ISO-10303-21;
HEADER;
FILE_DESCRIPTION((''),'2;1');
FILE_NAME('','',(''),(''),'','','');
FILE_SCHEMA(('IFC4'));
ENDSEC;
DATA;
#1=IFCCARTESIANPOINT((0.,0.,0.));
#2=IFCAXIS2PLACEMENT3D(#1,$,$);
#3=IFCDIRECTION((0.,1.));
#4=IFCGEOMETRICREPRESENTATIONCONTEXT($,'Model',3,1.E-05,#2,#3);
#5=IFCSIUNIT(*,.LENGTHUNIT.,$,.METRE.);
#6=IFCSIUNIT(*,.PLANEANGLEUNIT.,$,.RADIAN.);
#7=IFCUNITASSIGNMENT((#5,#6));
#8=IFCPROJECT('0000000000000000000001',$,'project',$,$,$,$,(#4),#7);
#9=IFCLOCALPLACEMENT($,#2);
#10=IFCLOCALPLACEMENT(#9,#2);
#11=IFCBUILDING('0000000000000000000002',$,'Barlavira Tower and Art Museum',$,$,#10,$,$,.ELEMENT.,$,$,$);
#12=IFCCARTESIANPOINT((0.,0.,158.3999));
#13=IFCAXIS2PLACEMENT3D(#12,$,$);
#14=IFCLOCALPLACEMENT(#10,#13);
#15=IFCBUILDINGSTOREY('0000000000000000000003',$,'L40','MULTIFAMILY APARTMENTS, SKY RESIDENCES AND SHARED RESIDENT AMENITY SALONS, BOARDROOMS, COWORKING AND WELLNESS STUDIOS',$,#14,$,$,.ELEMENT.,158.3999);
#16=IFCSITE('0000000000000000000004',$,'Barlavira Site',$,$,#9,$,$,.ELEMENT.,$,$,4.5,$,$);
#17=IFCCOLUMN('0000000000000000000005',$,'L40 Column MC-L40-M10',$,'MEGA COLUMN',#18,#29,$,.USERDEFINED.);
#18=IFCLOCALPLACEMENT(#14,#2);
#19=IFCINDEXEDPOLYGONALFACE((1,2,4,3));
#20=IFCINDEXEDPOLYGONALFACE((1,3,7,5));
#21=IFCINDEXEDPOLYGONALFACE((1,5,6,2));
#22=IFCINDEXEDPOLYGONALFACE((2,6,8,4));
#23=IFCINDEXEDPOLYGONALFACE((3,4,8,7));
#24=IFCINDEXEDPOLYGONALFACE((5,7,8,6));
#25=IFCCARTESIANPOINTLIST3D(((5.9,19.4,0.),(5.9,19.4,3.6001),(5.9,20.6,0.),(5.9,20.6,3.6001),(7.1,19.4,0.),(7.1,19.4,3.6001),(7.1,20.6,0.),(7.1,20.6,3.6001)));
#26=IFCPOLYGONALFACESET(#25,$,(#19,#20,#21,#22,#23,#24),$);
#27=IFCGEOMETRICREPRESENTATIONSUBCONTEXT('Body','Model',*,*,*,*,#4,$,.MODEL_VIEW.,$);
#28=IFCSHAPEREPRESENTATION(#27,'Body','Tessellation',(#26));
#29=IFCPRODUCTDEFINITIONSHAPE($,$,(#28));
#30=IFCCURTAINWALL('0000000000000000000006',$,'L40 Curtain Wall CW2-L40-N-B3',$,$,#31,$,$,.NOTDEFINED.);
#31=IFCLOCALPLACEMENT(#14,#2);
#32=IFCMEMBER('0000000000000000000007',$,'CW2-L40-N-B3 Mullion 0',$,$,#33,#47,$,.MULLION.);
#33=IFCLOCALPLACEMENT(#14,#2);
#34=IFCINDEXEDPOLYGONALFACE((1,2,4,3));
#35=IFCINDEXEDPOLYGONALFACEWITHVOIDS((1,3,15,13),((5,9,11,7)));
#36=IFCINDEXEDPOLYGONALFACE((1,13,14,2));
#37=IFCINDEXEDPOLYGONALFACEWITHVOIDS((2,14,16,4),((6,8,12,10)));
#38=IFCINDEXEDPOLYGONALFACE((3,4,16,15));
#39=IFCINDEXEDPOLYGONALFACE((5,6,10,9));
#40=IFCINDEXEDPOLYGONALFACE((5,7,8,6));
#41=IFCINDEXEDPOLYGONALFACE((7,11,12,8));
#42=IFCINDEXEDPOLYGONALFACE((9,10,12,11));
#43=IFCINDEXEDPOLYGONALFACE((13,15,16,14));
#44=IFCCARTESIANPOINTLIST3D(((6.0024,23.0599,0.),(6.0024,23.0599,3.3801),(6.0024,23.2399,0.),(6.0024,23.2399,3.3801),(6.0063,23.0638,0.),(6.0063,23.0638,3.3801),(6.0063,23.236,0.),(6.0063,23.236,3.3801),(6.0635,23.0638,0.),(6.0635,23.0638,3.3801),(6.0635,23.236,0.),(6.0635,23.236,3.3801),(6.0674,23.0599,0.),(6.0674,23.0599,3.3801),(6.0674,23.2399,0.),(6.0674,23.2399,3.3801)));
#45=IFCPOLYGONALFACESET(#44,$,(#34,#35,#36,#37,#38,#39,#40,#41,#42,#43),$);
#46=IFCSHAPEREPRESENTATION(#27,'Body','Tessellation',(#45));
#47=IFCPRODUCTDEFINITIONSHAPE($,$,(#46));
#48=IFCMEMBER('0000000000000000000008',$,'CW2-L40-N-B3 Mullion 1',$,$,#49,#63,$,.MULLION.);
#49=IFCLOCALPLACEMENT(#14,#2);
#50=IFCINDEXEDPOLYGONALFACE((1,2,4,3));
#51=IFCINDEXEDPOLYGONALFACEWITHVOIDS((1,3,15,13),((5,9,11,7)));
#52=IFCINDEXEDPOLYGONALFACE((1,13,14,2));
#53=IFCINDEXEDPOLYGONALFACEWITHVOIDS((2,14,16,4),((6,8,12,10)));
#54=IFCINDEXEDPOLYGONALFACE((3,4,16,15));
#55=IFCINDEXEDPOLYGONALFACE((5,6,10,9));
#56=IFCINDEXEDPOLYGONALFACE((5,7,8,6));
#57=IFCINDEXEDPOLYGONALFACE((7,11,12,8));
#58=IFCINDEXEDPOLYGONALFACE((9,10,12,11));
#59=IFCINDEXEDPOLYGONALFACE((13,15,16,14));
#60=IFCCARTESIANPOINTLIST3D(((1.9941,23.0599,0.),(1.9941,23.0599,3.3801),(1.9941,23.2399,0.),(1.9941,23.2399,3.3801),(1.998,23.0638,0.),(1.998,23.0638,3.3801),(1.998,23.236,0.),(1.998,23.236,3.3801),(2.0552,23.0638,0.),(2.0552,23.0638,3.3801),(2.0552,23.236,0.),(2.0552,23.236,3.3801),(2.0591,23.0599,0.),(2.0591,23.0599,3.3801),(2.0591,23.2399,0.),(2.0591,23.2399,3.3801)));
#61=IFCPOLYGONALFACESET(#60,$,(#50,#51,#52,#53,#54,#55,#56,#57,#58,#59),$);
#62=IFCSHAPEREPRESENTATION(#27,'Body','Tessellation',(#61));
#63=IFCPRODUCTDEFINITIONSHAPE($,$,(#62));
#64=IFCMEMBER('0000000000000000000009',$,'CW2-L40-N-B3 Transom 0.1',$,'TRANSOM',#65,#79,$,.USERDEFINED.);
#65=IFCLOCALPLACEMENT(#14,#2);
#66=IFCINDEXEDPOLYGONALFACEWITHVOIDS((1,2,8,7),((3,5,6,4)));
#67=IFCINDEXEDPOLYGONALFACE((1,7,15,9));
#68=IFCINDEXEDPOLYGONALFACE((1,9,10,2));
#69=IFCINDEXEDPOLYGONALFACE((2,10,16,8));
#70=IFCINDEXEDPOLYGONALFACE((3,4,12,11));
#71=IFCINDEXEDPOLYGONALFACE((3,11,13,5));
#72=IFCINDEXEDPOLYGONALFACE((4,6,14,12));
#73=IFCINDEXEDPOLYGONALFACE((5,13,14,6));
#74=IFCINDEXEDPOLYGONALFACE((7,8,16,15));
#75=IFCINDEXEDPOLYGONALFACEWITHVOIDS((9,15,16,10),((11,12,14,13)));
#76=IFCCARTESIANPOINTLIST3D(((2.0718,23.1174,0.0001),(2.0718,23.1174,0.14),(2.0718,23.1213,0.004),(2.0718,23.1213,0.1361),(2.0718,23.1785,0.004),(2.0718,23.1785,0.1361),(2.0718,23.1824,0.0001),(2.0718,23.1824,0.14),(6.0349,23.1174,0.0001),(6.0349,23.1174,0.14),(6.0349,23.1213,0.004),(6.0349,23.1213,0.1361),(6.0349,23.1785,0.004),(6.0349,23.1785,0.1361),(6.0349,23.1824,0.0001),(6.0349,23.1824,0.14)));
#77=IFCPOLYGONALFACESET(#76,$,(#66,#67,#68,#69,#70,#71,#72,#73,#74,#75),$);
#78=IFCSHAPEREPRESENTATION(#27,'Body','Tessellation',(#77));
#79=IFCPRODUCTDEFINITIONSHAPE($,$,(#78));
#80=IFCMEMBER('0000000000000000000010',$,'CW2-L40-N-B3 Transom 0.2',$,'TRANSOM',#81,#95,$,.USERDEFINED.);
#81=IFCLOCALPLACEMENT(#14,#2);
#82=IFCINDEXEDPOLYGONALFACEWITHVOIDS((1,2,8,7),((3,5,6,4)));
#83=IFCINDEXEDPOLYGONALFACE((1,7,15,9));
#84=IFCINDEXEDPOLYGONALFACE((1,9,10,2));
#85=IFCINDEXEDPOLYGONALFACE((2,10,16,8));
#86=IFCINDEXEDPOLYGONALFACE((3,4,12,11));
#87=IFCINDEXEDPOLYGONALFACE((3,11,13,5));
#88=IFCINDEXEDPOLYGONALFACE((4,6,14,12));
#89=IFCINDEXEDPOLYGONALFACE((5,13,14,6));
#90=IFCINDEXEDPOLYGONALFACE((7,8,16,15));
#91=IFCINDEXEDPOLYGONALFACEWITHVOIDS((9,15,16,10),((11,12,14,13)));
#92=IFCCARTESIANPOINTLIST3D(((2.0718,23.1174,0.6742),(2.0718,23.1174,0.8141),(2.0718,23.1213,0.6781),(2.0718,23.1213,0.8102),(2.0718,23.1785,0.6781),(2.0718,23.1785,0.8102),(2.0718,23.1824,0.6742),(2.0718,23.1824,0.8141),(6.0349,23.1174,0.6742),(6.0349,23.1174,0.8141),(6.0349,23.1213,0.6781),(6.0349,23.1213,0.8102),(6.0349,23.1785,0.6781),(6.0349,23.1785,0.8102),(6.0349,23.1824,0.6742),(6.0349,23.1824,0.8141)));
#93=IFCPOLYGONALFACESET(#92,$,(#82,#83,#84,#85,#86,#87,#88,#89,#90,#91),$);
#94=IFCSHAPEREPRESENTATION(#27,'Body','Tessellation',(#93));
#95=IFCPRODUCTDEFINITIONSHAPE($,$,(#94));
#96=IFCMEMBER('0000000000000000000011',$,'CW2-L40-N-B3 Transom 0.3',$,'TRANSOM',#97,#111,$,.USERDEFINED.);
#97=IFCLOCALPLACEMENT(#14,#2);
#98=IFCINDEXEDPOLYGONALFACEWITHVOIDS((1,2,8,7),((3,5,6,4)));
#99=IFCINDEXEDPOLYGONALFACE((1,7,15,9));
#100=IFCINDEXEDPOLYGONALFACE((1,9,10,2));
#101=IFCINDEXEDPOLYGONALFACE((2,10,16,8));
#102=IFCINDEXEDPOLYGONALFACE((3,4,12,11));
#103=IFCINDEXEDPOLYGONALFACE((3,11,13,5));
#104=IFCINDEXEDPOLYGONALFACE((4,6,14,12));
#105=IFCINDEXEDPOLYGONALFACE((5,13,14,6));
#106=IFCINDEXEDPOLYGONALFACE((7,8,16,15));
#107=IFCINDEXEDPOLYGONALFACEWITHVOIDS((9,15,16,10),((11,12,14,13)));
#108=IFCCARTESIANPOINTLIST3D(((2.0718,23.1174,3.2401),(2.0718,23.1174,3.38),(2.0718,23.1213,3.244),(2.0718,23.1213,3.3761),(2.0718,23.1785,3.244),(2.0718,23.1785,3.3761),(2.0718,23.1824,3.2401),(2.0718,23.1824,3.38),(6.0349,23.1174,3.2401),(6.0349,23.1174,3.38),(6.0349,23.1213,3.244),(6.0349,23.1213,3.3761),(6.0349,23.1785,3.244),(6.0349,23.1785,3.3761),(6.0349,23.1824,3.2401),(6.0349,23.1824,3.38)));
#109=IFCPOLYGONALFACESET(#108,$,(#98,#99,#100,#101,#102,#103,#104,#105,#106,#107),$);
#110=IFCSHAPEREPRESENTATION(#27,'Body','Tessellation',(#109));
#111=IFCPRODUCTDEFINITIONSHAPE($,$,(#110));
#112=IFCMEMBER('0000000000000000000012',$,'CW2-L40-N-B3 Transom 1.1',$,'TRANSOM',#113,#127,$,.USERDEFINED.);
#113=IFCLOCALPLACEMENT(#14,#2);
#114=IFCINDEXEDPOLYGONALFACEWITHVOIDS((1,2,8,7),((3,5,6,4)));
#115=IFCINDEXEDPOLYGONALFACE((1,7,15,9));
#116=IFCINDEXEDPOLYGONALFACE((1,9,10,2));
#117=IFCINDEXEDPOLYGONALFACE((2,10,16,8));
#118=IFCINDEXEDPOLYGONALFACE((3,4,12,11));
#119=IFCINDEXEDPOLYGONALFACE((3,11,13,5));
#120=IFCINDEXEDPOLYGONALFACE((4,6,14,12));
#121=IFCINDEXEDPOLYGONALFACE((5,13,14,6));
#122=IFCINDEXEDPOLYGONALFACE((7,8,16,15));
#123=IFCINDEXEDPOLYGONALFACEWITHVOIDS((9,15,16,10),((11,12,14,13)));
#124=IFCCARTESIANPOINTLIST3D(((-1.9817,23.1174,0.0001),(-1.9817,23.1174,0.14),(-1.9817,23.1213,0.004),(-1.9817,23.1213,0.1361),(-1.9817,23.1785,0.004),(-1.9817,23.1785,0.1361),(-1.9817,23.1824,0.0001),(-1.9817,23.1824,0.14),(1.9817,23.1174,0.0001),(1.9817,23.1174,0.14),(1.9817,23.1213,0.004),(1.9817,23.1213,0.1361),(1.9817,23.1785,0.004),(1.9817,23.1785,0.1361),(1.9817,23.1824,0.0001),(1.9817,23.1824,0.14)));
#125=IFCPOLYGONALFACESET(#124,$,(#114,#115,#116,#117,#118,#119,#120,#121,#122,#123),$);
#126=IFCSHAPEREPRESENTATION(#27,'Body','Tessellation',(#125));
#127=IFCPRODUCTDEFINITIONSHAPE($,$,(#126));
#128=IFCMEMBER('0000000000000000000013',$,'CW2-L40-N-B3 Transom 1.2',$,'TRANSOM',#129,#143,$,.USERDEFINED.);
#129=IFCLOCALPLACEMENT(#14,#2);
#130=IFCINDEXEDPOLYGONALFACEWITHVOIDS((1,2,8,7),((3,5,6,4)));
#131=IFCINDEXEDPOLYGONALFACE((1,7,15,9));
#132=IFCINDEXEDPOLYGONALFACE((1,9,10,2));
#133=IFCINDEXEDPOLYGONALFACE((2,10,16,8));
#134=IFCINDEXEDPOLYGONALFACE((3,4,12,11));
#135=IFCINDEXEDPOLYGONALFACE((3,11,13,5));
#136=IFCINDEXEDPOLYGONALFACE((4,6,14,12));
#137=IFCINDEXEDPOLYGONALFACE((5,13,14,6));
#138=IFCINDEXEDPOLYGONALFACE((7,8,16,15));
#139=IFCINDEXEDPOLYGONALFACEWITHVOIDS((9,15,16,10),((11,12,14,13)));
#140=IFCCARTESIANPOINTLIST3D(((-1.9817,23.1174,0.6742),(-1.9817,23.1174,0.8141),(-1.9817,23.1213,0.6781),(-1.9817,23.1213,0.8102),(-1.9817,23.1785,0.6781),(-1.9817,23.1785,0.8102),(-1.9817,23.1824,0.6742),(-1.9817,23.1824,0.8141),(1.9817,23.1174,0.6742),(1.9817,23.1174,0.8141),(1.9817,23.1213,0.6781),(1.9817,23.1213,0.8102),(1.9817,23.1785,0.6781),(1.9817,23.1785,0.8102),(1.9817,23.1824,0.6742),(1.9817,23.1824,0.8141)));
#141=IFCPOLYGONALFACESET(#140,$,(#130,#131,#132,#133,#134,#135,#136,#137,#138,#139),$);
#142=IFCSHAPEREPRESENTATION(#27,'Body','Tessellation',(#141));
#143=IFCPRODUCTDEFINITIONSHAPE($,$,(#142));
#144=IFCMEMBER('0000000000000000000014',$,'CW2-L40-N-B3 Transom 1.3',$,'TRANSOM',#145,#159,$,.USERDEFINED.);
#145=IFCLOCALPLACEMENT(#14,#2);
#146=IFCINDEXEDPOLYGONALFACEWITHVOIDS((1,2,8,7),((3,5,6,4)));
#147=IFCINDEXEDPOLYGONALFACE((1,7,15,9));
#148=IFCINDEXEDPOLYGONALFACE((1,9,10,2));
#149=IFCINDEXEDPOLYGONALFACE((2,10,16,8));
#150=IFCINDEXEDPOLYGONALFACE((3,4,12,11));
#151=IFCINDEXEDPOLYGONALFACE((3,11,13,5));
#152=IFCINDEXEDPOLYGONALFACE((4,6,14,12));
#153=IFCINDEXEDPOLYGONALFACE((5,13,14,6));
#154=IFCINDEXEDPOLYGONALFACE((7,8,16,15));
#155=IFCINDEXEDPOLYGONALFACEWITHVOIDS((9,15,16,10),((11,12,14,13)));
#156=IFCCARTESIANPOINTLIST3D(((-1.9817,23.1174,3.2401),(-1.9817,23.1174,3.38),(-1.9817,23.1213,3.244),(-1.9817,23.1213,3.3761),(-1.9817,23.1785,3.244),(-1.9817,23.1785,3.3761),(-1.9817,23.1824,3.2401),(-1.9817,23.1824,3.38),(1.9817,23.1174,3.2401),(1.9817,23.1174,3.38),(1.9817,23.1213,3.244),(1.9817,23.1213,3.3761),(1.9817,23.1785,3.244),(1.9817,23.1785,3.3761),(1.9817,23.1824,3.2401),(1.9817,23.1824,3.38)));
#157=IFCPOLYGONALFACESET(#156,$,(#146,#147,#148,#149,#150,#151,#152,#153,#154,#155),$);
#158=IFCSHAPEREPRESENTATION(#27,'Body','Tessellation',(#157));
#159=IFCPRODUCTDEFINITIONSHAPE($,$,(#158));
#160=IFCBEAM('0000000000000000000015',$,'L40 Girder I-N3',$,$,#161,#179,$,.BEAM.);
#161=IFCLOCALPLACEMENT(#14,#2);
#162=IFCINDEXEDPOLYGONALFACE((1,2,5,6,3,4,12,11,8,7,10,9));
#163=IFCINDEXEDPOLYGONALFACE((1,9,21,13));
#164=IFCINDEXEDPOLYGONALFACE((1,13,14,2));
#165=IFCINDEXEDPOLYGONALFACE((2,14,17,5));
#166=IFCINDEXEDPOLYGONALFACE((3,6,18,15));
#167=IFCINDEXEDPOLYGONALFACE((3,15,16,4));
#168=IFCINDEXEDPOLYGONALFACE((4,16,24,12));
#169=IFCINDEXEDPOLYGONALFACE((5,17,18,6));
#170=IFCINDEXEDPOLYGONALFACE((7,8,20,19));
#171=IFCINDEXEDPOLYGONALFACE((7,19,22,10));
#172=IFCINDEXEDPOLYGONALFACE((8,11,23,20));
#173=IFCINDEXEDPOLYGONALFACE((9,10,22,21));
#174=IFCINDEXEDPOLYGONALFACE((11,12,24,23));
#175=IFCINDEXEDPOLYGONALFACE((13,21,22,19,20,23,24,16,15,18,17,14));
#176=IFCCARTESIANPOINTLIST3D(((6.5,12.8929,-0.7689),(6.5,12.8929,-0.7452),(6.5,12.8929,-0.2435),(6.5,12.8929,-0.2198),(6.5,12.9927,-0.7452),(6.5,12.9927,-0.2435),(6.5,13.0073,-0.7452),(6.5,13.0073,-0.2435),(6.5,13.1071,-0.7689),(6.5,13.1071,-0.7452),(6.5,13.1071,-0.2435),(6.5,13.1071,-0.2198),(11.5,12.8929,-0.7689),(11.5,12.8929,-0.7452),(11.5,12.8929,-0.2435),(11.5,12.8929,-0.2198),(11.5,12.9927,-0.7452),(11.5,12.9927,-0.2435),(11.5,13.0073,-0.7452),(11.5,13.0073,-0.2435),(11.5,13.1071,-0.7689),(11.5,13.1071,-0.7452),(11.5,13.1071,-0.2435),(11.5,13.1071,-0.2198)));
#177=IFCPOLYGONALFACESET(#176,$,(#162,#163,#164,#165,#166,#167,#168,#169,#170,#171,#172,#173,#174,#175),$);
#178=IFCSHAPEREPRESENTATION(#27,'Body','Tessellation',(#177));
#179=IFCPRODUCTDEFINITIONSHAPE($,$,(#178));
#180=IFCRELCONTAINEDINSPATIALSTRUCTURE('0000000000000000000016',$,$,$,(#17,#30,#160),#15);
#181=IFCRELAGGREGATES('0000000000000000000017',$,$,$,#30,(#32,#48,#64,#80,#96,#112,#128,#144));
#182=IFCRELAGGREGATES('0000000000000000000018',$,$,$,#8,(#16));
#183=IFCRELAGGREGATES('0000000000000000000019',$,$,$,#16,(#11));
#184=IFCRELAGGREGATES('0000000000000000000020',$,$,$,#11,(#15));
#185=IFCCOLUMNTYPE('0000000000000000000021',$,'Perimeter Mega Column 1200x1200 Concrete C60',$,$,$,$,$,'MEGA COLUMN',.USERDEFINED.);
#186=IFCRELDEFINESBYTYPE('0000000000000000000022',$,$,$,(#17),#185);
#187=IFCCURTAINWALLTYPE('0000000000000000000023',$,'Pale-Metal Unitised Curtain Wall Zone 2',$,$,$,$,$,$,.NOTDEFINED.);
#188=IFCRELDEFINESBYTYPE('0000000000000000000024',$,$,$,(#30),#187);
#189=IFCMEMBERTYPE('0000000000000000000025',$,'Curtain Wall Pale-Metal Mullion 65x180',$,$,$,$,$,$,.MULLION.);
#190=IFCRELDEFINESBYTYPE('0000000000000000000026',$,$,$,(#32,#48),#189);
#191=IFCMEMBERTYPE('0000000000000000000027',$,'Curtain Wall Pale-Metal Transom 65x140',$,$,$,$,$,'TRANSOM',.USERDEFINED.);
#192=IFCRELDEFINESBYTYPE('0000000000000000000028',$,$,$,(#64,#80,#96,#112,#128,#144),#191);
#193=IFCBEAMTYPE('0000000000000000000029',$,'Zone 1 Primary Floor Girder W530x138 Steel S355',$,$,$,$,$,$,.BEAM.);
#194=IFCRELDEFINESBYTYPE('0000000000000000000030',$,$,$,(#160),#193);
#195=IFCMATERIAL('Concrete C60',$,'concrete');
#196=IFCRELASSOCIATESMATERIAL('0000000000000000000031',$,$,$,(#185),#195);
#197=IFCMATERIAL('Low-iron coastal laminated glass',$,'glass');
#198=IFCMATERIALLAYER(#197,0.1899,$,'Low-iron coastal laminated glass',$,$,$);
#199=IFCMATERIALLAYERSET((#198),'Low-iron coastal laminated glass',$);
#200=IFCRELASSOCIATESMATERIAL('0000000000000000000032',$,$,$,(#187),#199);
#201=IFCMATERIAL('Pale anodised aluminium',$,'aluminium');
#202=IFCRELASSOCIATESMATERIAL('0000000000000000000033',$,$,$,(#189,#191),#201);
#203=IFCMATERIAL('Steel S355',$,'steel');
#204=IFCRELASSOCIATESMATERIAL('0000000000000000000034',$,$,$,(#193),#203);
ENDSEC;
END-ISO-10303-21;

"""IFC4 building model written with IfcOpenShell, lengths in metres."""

from ifc_helpers import new_model, si_unit, direction, frame, origin, origin_2d, place, context, subcontext, project, spatial, rectangle, hollow_rectangle, i_section, extrude, material, layer, layer_set, material_profile, profile_set, type_object, element, aggregate, save


model = new_model("IFC4")

# Units and contexts
model_context = context("Model", 3, precision=1e-05, world=origin(), true_north=direction((0.0, 1.0)))
body_context = subcontext(model_context, "Body", "Model", "MODEL_VIEW")
ifc_project = project(units=[si_unit("LENGTHUNIT", "METRE"), si_unit("PLANEANGLEUNIT", "RADIAN")], contexts=[model_context])

# Site, building, storey
site_placement = place(None, origin())
site = spatial("IfcSite", under=ifc_project, at=site_placement, Name="Barlavira Site", CompositionType="ELEMENT", RefElevation=4.5)
building_placement = place(site_placement, origin())
building = spatial("IfcBuilding", under=site, at=building_placement, Name="Barlavira Tower and Art Museum", CompositionType="ELEMENT")
storey_placement = place(building_placement, frame((0.0, 0.0, 158.3999)))
storey = spatial("IfcBuildingStorey", under=building, at=storey_placement, Name="L40", Description="MULTIFAMILY APARTMENTS, SKY RESIDENCES AND SHARED RESIDENT AMENITY SALONS, BOARDROOMS, COWORKING AND WELLNESS STUDIOS", CompositionType="ELEMENT", Elevation=158.3999)

# Column
ifc_material_1 = material(Name="Concrete C60", Category="concrete")
ifc_material_profile_1 = material_profile(ifc_material_1, rectangle(XDim=1.2, YDim=1.2, at=origin_2d()), Name="RC-COL 1200x1200")
ifc_profile_set_1 = profile_set([ifc_material_profile_1], Name="Concrete C60")
column_type = type_object("IfcColumnType", Name="Perimeter Mega Column 1200x1200 Concrete C60", ElementType="MEGA COLUMN", PredefinedType="USERDEFINED", material=ifc_profile_set_1)
column_placement = place(storey_placement, frame((6.5, 20.0, 0.0), z_axis=(0.0, 0.0, 1.0), x_axis=(1.0, 0.0, 0.0)))
element("IfcColumn", 1, at=column_placement, inside=storey, type_object=column_type, Name="L40 Column MC-L40-M10", ObjectType="MEGA COLUMN", PredefinedType="USERDEFINED", context=body_context, shape_type="SweptSolid", body=[
    extrude(rectangle(XDim=1.2, YDim=1.2, at=origin_2d()), origin(), (0.0, 0.0, 1.0), 3.6001),
])

# Curtain wall, members
ifc_material_2 = material(Name="Low-iron coastal laminated glass", Category="glass")
ifc_layer_1 = layer(ifc_material_2, 0.1899, Name="Low-iron coastal laminated glass")
ifc_layer_set_1 = layer_set([ifc_layer_1], Name="Low-iron coastal laminated glass")
curtain_wall_type = type_object("IfcCurtainWallType", Name="Pale-Metal Unitised Curtain Wall Zone 2", PredefinedType="NOTDEFINED", material=ifc_layer_set_1)
curtain_wall_placement = place(storey_placement, origin())
curtain_wall = element("IfcCurtainWall", 2, at=curtain_wall_placement, inside=storey, type_object=curtain_wall_type, Name="L40 Curtain Wall CW2-L40-N-B3", PredefinedType="NOTDEFINED")
ifc_material_3 = material(Name="Pale anodised aluminium", Category="aluminium")
ifc_material_profile_2 = material_profile(ifc_material_3, hollow_rectangle(XDim=0.0649, YDim=0.1799, WallThickness=0.0039, at=origin_2d()), Name="ALU-MULL 65x180x4")
ifc_profile_set_2 = profile_set([ifc_material_profile_2], Name="Pale anodised aluminium")
member_type_1 = type_object("IfcMemberType", Name="Curtain Wall Pale-Metal Mullion 65x180", PredefinedType="MULLION", material=ifc_profile_set_2)
member_1_placement = place(storey_placement, frame((6.0349, 23.1499, 0.0), z_axis=(0.0, 0.0, 1.0), x_axis=(-1.0, 0.0, 0.0)))
member_1 = element("IfcMember", 3, at=member_1_placement, type_object=member_type_1, Name="CW2-L40-N-B3 Mullion 0", PredefinedType="MULLION", context=body_context, shape_type="SweptSolid", body=[
    extrude(hollow_rectangle(XDim=0.0649, YDim=0.1799, WallThickness=0.0039, at=origin_2d()), origin(), (0.0, 0.0, 1.0), 3.3801),
])
member_2_placement = place(storey_placement, frame((2.0266, 23.1499, 0.0), z_axis=(0.0, 0.0, 1.0), x_axis=(-1.0, 0.0, 0.0)))
member_2 = element("IfcMember", 4, at=member_2_placement, type_object=member_type_1, Name="CW2-L40-N-B3 Mullion 1", PredefinedType="MULLION", context=body_context, shape_type="SweptSolid", body=[
    extrude(hollow_rectangle(XDim=0.0649, YDim=0.1799, WallThickness=0.0039, at=origin_2d()), origin(), (0.0, 0.0, 1.0), 3.3801),
])
ifc_material_profile_3 = material_profile(ifc_material_3, hollow_rectangle(XDim=0.0649, YDim=0.1399, WallThickness=0.0039, at=origin_2d()), Name="ALU-TRAN 65x140x4")
ifc_profile_set_3 = profile_set([ifc_material_profile_3], Name="Pale anodised aluminium")
member_type_2 = type_object("IfcMemberType", Name="Curtain Wall Pale-Metal Transom 65x140", ElementType="TRANSOM", PredefinedType="USERDEFINED", material=ifc_profile_set_3)
member_3_placement = place(storey_placement, frame((6.0349, 23.1499, 0.0701), z_axis=(-1.0, 0.0, 0.0), x_axis=(0.0, -1.0, 0.0)))
member_3 = element("IfcMember", 5, at=member_3_placement, type_object=member_type_2, Name="CW2-L40-N-B3 Transom 0.1", ObjectType="TRANSOM", PredefinedType="USERDEFINED", context=body_context, shape_type="SweptSolid", body=[
    extrude(hollow_rectangle(XDim=0.0649, YDim=0.1399, WallThickness=0.0039, at=origin_2d()), origin(), (0.0, 0.0, 1.0), 3.9631),
])
member_4_placement = place(storey_placement, frame((6.0349, 23.1499, 0.7441), z_axis=(-1.0, 0.0, 0.0), x_axis=(0.0, -1.0, 0.0)))
member_4 = element("IfcMember", 6, at=member_4_placement, type_object=member_type_2, Name="CW2-L40-N-B3 Transom 0.2", ObjectType="TRANSOM", PredefinedType="USERDEFINED", context=body_context, shape_type="SweptSolid", body=[
    extrude(hollow_rectangle(XDim=0.0649, YDim=0.1399, WallThickness=0.0039, at=origin_2d()), origin(), (0.0, 0.0, 1.0), 3.9631),
])
member_5_placement = place(storey_placement, frame((6.0349, 23.1499, 3.3101), z_axis=(-1.0, 0.0, 0.0), x_axis=(0.0, -1.0, 0.0)))
member_5 = element("IfcMember", 7, at=member_5_placement, type_object=member_type_2, Name="CW2-L40-N-B3 Transom 0.3", ObjectType="TRANSOM", PredefinedType="USERDEFINED", context=body_context, shape_type="SweptSolid", body=[
    extrude(hollow_rectangle(XDim=0.0649, YDim=0.1399, WallThickness=0.0039, at=origin_2d()), origin(), (0.0, 0.0, 1.0), 3.9631),
])
member_6_placement = place(storey_placement, frame((1.9817, 23.1499, 0.0701), z_axis=(-1.0, 0.0, 0.0), x_axis=(0.0, -1.0, 0.0)))
member_6 = element("IfcMember", 8, at=member_6_placement, type_object=member_type_2, Name="CW2-L40-N-B3 Transom 1.1", ObjectType="TRANSOM", PredefinedType="USERDEFINED", context=body_context, shape_type="SweptSolid", body=[
    extrude(hollow_rectangle(XDim=0.0649, YDim=0.1399, WallThickness=0.0039, at=origin_2d()), origin(), (0.0, 0.0, 1.0), 3.9634),
])
member_7_placement = place(storey_placement, frame((1.9817, 23.1499, 0.7441), z_axis=(-1.0, 0.0, 0.0), x_axis=(0.0, -1.0, 0.0)))
member_7 = element("IfcMember", 9, at=member_7_placement, type_object=member_type_2, Name="CW2-L40-N-B3 Transom 1.2", ObjectType="TRANSOM", PredefinedType="USERDEFINED", context=body_context, shape_type="SweptSolid", body=[
    extrude(hollow_rectangle(XDim=0.0649, YDim=0.1399, WallThickness=0.0039, at=origin_2d()), origin(), (0.0, 0.0, 1.0), 3.9634),
])
member_8_placement = place(storey_placement, frame((1.9817, 23.1499, 3.3101), z_axis=(-1.0, 0.0, 0.0), x_axis=(0.0, -1.0, 0.0)))
member_8 = element("IfcMember", 10, at=member_8_placement, type_object=member_type_2, Name="CW2-L40-N-B3 Transom 1.3", ObjectType="TRANSOM", PredefinedType="USERDEFINED", context=body_context, shape_type="SweptSolid", body=[
    extrude(hollow_rectangle(XDim=0.0649, YDim=0.1399, WallThickness=0.0039, at=origin_2d()), origin(), (0.0, 0.0, 1.0), 3.9634),
])

# Beam
ifc_material_4 = material(Name="Steel S355", Category="steel")
ifc_material_profile_4 = material_profile(ifc_material_4, i_section(OverallWidth=0.2141, OverallDepth=0.5491, WebThickness=0.0146, FlangeThickness=0.0237, at=origin_2d()), Name="W530x138.0")
ifc_profile_set_4 = profile_set([ifc_material_profile_4], Name="Steel S355")
beam_type = type_object("IfcBeamType", Name="Zone 1 Primary Floor Girder W530x138 Steel S355", PredefinedType="BEAM", material=ifc_profile_set_4)
beam_placement = place(storey_placement, frame((6.5, 13.0, -0.4944), z_axis=(1.0, 0.0, 0.0), x_axis=(0.0, 1.0, 0.0)))
element("IfcBeam", 11, at=beam_placement, inside=storey, type_object=beam_type, Name="L40 Girder I-N3", PredefinedType="BEAM", context=body_context, shape_type="SweptSolid", body=[
    extrude(i_section(OverallWidth=0.2141, OverallDepth=0.5491, WebThickness=0.0146, FlangeThickness=0.0237, at=origin_2d()), origin(), (0.0, 0.0, 1.0), 5.0),
])

aggregate(curtain_wall, [member_1, member_2, member_3, member_4, member_5, member_6, member_7, member_8])

save(model, "model.ifc")
